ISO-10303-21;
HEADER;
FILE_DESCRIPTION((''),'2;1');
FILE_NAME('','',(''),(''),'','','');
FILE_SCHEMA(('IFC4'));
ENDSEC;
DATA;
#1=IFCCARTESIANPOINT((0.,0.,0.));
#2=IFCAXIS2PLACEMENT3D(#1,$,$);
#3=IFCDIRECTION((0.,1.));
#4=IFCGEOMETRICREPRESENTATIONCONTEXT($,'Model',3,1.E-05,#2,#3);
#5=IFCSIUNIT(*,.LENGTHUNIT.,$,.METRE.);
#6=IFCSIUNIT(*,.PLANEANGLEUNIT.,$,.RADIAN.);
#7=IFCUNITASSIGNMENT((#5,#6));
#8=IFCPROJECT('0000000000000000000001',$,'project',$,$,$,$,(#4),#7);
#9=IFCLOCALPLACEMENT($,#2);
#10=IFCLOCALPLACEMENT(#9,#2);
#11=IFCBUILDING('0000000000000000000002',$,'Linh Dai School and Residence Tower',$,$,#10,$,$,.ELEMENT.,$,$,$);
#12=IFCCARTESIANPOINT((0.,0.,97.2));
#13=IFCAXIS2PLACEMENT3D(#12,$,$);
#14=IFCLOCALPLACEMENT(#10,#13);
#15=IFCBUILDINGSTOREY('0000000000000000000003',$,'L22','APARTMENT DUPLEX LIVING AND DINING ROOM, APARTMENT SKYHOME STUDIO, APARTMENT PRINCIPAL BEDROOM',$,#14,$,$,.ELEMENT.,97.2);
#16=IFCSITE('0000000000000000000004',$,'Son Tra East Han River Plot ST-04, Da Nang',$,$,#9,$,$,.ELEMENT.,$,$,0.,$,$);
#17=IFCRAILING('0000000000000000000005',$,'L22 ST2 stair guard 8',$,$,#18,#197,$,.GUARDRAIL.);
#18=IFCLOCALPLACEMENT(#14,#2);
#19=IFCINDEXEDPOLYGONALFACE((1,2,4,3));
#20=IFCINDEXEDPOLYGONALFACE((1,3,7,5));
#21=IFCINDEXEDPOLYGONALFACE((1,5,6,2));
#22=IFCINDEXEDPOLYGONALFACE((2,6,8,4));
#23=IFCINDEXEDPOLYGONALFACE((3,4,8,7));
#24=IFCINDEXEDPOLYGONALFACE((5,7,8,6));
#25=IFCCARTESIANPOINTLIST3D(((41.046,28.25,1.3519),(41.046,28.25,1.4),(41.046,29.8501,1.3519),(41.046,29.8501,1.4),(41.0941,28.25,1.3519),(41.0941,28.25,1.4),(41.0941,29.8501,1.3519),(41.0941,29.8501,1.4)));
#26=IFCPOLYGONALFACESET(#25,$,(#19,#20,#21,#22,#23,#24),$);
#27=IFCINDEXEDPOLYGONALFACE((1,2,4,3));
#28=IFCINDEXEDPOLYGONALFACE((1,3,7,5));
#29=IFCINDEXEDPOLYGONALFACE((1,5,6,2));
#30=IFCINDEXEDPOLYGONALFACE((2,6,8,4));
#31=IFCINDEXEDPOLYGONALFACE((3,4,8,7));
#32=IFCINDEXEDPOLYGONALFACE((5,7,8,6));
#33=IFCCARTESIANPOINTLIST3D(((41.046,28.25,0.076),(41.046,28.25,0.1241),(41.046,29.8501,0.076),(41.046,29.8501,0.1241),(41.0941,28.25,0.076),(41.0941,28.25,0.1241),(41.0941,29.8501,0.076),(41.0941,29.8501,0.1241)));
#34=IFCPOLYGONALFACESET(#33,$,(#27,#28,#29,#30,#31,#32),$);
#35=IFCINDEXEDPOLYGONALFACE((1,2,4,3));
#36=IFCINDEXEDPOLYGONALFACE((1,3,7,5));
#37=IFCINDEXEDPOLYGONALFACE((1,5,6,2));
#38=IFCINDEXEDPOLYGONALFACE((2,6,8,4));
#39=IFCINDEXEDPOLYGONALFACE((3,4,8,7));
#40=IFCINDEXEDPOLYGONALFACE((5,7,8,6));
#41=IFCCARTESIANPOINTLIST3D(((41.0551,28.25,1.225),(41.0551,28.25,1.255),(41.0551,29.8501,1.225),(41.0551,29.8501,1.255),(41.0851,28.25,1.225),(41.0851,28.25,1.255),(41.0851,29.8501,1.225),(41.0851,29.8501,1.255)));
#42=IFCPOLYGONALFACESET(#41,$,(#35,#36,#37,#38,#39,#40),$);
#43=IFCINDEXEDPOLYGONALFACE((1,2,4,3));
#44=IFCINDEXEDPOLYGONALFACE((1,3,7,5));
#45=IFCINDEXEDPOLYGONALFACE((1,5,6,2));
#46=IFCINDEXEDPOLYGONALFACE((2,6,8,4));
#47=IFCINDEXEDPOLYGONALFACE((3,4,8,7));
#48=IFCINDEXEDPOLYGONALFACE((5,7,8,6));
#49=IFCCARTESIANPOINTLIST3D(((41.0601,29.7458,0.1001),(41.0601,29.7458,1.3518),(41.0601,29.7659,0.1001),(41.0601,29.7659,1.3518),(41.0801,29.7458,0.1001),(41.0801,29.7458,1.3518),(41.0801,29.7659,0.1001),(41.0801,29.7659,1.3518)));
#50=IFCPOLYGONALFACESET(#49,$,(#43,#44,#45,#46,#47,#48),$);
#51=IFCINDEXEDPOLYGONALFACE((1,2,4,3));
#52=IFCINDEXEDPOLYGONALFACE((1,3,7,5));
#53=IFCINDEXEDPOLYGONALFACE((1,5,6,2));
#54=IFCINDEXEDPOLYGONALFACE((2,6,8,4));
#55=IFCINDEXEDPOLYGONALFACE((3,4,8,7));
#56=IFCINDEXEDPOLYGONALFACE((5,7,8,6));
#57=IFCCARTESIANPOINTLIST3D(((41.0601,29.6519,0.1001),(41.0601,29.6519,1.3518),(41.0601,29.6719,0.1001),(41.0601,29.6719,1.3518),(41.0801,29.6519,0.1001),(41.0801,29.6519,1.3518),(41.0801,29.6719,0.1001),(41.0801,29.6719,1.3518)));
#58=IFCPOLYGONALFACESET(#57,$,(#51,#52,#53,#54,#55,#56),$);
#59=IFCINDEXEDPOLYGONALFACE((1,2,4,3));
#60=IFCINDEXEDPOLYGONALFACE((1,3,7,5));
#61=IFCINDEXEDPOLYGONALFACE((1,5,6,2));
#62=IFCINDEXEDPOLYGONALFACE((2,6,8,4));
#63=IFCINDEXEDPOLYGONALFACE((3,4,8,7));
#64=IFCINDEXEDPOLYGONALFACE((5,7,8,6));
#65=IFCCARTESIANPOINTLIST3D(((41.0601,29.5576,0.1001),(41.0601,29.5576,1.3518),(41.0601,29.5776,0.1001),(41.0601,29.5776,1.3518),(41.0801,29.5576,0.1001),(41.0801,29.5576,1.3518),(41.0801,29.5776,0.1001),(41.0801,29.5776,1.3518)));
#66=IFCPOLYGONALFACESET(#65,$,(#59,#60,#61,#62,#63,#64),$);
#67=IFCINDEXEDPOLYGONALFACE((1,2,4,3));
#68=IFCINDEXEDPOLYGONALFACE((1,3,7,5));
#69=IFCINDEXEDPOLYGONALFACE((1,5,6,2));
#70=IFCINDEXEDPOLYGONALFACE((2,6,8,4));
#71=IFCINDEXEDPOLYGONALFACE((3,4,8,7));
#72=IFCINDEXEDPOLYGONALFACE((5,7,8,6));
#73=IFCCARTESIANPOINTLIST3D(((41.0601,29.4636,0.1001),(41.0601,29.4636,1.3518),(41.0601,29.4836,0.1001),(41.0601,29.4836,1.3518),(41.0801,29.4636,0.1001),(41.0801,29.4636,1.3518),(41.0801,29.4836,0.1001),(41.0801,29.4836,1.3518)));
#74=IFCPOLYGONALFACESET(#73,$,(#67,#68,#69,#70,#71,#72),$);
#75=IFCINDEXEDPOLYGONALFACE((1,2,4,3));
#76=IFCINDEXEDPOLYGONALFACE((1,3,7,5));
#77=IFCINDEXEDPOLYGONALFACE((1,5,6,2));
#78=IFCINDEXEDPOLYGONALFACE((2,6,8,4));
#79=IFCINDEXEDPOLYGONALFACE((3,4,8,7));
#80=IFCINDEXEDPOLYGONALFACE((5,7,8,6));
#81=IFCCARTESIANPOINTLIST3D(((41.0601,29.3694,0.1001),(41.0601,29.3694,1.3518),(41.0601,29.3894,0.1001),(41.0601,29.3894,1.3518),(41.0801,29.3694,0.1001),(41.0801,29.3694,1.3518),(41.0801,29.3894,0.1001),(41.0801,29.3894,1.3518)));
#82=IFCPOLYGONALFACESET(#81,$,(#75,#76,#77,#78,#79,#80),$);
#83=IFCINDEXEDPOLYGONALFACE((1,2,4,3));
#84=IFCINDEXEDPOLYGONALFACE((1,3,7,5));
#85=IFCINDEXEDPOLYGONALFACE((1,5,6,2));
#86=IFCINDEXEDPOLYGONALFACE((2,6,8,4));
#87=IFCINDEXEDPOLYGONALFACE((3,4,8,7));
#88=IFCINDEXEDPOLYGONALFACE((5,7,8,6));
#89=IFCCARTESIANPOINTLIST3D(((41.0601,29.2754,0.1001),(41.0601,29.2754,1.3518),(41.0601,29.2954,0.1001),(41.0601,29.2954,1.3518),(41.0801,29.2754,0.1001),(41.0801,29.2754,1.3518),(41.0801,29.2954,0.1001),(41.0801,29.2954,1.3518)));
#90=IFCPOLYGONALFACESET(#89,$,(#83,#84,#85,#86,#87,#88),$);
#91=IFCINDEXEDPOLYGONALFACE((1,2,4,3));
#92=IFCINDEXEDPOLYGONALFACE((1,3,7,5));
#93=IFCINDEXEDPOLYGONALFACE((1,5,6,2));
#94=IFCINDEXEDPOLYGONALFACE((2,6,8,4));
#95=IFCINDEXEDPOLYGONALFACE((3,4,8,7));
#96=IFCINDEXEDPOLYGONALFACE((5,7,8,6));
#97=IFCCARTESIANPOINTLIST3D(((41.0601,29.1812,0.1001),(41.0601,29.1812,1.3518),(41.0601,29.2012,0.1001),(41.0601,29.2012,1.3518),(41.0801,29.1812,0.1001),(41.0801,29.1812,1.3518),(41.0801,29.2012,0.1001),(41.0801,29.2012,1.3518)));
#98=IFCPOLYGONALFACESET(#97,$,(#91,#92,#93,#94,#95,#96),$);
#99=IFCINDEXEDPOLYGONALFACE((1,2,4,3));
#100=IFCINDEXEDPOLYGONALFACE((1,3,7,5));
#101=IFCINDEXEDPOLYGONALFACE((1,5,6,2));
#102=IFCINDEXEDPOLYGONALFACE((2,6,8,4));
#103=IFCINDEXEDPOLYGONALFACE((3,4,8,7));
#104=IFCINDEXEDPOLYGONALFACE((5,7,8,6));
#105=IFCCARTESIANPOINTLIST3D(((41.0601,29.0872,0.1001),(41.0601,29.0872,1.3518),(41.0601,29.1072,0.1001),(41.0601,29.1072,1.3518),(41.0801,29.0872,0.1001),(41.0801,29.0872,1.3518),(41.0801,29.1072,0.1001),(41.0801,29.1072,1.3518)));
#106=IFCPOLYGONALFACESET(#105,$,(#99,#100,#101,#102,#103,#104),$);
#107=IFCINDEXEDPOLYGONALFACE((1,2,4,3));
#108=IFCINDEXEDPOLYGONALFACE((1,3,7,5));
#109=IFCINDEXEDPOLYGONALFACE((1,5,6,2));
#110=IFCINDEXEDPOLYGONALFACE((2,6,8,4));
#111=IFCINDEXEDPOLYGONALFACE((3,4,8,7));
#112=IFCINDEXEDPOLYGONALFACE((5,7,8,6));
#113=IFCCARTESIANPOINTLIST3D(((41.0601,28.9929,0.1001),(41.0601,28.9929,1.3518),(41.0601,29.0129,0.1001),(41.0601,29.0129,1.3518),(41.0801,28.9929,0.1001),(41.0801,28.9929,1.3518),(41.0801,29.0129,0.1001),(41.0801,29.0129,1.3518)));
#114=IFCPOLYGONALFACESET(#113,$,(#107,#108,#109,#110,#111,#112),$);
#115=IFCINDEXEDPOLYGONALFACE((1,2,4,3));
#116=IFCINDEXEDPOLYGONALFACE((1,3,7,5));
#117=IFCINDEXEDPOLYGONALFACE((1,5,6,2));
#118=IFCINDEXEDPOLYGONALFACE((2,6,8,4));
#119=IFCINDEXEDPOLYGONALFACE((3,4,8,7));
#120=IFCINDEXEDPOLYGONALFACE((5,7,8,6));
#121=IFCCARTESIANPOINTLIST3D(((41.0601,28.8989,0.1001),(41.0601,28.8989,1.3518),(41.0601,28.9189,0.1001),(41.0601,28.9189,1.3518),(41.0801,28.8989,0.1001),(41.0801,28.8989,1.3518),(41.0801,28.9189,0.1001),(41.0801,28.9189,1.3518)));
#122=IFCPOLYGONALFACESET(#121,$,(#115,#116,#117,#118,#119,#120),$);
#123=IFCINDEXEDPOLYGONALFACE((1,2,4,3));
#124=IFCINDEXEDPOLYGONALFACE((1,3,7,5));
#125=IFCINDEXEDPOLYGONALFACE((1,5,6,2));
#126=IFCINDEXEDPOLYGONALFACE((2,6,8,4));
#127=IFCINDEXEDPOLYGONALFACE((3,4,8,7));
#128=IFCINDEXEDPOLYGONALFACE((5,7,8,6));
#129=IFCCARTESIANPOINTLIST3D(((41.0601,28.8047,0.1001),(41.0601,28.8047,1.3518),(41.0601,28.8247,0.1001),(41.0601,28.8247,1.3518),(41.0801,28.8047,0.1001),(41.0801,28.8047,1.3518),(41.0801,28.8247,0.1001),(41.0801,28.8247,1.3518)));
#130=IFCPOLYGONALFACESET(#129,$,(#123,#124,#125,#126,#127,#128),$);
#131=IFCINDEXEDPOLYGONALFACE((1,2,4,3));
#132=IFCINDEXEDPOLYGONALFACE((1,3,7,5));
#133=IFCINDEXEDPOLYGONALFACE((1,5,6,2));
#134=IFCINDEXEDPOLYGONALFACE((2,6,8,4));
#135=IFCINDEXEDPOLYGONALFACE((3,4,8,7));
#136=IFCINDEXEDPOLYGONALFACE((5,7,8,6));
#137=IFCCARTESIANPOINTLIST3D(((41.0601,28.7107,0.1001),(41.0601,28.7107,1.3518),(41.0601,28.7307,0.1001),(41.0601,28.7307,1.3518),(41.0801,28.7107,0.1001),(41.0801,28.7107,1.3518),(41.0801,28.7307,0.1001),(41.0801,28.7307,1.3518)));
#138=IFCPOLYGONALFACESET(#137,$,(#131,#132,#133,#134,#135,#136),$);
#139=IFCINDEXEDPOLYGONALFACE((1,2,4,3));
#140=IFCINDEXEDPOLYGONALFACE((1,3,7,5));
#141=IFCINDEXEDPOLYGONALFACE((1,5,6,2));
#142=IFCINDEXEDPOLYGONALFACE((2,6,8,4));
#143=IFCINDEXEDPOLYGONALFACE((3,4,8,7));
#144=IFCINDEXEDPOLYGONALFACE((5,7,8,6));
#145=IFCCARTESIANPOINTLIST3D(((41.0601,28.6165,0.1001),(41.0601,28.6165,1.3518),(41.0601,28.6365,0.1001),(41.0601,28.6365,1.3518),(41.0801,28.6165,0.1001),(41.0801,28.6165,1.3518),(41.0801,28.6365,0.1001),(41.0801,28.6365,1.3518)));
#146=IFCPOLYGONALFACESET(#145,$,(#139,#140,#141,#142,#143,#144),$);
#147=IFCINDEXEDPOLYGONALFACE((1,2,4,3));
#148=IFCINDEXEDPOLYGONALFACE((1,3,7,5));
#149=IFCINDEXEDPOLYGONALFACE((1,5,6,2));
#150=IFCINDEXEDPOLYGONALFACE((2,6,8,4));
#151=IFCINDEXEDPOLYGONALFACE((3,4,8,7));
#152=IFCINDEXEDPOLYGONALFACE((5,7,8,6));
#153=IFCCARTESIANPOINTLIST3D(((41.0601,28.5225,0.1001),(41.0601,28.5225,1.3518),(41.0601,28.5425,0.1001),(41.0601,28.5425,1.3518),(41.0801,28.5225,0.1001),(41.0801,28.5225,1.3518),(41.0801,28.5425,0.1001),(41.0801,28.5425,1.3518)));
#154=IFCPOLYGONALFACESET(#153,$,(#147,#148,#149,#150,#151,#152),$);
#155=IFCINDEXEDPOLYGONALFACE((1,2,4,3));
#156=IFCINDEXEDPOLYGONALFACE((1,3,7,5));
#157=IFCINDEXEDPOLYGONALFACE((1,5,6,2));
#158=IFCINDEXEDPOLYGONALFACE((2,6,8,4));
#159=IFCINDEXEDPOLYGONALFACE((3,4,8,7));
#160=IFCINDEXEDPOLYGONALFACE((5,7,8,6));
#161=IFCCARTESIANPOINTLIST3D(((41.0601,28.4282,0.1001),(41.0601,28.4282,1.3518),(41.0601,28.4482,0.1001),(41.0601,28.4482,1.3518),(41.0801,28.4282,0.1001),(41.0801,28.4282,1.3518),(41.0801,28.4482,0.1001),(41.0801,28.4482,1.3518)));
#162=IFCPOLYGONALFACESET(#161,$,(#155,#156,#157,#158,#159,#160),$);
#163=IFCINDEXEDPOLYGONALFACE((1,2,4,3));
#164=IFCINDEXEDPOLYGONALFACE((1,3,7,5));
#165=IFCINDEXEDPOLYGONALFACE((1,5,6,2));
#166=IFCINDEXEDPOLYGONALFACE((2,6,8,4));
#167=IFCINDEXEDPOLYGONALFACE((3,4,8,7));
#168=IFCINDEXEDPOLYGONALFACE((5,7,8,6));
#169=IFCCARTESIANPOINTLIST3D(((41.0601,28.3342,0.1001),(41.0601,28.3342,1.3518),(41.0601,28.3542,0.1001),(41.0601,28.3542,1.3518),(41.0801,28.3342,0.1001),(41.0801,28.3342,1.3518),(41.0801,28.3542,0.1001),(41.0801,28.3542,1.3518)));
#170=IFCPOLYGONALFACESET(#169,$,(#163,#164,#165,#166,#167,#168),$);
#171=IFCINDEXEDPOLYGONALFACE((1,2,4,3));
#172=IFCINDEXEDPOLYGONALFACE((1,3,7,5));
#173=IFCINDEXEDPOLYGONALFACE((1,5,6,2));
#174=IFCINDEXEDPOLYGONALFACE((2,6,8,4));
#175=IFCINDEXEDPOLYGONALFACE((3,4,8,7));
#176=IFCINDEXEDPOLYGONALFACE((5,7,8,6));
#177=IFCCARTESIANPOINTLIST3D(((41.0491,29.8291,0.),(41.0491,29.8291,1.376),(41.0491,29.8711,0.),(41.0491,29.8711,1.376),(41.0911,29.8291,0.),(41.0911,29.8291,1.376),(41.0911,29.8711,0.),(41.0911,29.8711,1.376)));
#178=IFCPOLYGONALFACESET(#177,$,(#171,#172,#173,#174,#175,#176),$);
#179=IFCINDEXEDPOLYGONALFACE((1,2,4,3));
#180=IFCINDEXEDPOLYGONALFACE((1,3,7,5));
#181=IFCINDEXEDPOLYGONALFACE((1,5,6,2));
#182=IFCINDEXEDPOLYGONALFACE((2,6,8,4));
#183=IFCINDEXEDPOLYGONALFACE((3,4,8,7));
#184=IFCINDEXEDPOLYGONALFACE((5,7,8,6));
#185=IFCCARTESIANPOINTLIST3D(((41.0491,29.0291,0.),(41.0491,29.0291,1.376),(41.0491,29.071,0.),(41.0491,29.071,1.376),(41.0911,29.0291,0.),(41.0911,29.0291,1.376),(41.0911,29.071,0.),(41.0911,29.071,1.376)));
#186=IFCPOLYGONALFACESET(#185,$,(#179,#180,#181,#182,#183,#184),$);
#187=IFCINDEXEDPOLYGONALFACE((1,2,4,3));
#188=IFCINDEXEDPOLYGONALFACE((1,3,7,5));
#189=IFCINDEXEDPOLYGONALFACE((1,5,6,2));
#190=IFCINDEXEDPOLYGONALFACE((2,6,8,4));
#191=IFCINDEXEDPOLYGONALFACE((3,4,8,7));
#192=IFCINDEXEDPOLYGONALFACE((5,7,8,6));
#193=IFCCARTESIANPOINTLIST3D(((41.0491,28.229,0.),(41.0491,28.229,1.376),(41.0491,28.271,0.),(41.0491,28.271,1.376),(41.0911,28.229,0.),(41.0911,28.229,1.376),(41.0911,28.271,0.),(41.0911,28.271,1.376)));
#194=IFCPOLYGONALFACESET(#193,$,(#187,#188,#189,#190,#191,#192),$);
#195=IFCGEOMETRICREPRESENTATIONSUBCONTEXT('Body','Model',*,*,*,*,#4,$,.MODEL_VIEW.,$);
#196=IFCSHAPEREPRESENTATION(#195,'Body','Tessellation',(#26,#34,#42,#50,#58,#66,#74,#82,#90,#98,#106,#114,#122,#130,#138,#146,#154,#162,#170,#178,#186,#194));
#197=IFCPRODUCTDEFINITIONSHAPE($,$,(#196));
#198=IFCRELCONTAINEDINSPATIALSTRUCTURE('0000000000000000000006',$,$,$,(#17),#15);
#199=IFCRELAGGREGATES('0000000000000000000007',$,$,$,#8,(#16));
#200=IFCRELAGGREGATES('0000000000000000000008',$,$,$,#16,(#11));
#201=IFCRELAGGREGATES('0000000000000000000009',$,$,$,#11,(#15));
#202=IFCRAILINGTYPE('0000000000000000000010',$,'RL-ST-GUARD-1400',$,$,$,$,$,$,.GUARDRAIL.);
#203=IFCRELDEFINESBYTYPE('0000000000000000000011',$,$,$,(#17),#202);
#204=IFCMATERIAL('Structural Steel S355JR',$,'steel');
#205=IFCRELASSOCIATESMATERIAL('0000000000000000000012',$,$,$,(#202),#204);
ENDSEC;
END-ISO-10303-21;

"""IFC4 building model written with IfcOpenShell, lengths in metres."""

from ifc_helpers import new_model, si_unit, direction, frame, origin, origin_2d, place, context, subcontext, project, spatial, rectangle, extrude, source, transform, mapped, material, type_object, element, save


model = new_model("IFC4")

# Units and contexts
model_context = context("Model", 3, precision=1e-05, world=origin(), true_north=direction((0.0, 1.0)))
body_context = subcontext(model_context, "Body", "Model", "MODEL_VIEW")
ifc_project = project(units=[si_unit("LENGTHUNIT", "METRE"), si_unit("PLANEANGLEUNIT", "RADIAN")], contexts=[model_context])

# Site, building, storey
site_placement = place(None, origin())
site = spatial("IfcSite", under=ifc_project, at=site_placement, Name="Son Tra East Han River Plot ST-04, Da Nang", CompositionType="ELEMENT", RefElevation=0.0)
building_placement = place(site_placement, origin())
building = spatial("IfcBuilding", under=site, at=building_placement, Name="Linh Dai School and Residence Tower", CompositionType="ELEMENT")
storey_placement = place(building_placement, frame((0.0, 0.0, 97.2)))
storey = spatial("IfcBuildingStorey", under=building, at=storey_placement, Name="L22", Description="APARTMENT DUPLEX LIVING AND DINING ROOM, APARTMENT SKYHOME STUDIO, APARTMENT PRINCIPAL BEDROOM", CompositionType="ELEMENT", Elevation=97.2)

# Shared definitions
ifc_material_1 = material(Name="Structural Steel S355JR", Category="steel")

# Railing
railing_type_1 = type_object("IfcRailingType", Name="RL-ST-GUARD-1400", PredefinedType="GUARDRAIL", material=ifc_material_1)
shared_shape_1 = source(origin(), body_context, "Body", "SweptSolid", [
    extrude(rectangle(XDim=0.0481, YDim=0.0481, at=origin_2d()), frame((0.0, 0.0, 1.376), z_axis=(0.0, -1.0, 0.0), x_axis=(1.0, 0.0, 0.0)), (0.0, 0.0, 1.0), 1.6001),
    extrude(rectangle(XDim=0.0481, YDim=0.0481, at=origin_2d()), frame((0.0, 0.0, 0.1001), z_axis=(0.0, -1.0, 0.0), x_axis=(1.0, 0.0, 0.0)), (0.0, 0.0, 1.0), 1.6001),
    extrude(rectangle(XDim=0.03, YDim=0.03, at=origin_2d()), frame((0.0, 0.0, 1.24), z_axis=(0.0, -1.0, 0.0), x_axis=(1.0, 0.0, 0.0)), (0.0, 0.0, 1.0), 1.6001),
    extrude(rectangle(XDim=0.02, YDim=0.02, at=origin_2d()), frame((0.0, -0.0942, 0.1001)), (0.0, 0.0, 1.0), 1.2517),
    extrude(rectangle(XDim=0.02, YDim=0.02, at=origin_2d()), frame((0.0, -0.1882, 0.1001)), (0.0, 0.0, 1.0), 1.2517),
    extrude(rectangle(XDim=0.02, YDim=0.02, at=origin_2d()), frame((0.0, -0.2825, 0.1001)), (0.0, 0.0, 1.0), 1.2517),
    extrude(rectangle(XDim=0.02, YDim=0.02, at=origin_2d()), frame((0.0, -0.3765, 0.1001)), (0.0, 0.0, 1.0), 1.2517),
    extrude(rectangle(XDim=0.02, YDim=0.02, at=origin_2d()), frame((0.0, -0.4707, 0.1001)), (0.0, 0.0, 1.0), 1.2517),
    extrude(rectangle(XDim=0.02, YDim=0.02, at=origin_2d()), frame((0.0, -0.5647, 0.1001)), (0.0, 0.0, 1.0), 1.2517),
    extrude(rectangle(XDim=0.02, YDim=0.02, at=origin_2d()), frame((0.0, -0.6589, 0.1001)), (0.0, 0.0, 1.0), 1.2517),
    extrude(rectangle(XDim=0.02, YDim=0.02, at=origin_2d()), frame((0.0, -0.7529, 0.1001)), (0.0, 0.0, 1.0), 1.2517),
    extrude(rectangle(XDim=0.02, YDim=0.02, at=origin_2d()), frame((0.0, -0.8472, 0.1001)), (0.0, 0.0, 1.0), 1.2517),
    extrude(rectangle(XDim=0.02, YDim=0.02, at=origin_2d()), frame((0.0, -0.9412, 0.1001)), (0.0, 0.0, 1.0), 1.2517),
    extrude(rectangle(XDim=0.02, YDim=0.02, at=origin_2d()), frame((0.0, -1.0354, 0.1001)), (0.0, 0.0, 1.0), 1.2517),
    extrude(rectangle(XDim=0.02, YDim=0.02, at=origin_2d()), frame((0.0, -1.1294, 0.1001)), (0.0, 0.0, 1.0), 1.2517),
    extrude(rectangle(XDim=0.02, YDim=0.02, at=origin_2d()), frame((0.0, -1.2236, 0.1001)), (0.0, 0.0, 1.0), 1.2517),
    extrude(rectangle(XDim=0.02, YDim=0.02, at=origin_2d()), frame((0.0, -1.3176, 0.1001)), (0.0, 0.0, 1.0), 1.2517),
    extrude(rectangle(XDim=0.02, YDim=0.02, at=origin_2d()), frame((0.0, -1.4119, 0.1001)), (0.0, 0.0, 1.0), 1.2517),
    extrude(rectangle(XDim=0.02, YDim=0.02, at=origin_2d()), frame((0.0, -1.5059, 0.1001)), (0.0, 0.0, 1.0), 1.2517),
    extrude(rectangle(XDim=0.042, YDim=0.042, at=origin_2d()), origin(), (0.0, 0.0, 1.0), 1.376),
    extrude(rectangle(XDim=0.042, YDim=0.042, at=origin_2d()), frame((0.0, -0.8, 0.0)), (0.0, 0.0, 1.0), 1.376),
    extrude(rectangle(XDim=0.042, YDim=0.042, at=origin_2d()), frame((0.0, -1.6001, 0.0)), (0.0, 0.0, 1.0), 1.376),
])
for number, where, name in (
    (1, (41.0701, 29.8501, 0.0), "L22 ST2 stair guard 8"),
):
    element("IfcRailing", number, at=place(storey_placement, frame(where)), inside=storey, type_object=railing_type_1, Name=name, PredefinedType="GUARDRAIL", context=body_context, shape_type="MappedRepresentation", body=[
        mapped(shared_shape_1, transform((0.0, 0.0, 0.0), x_axis=(1.0, 0.0, 0.0), y_axis=(0.0, 1.0, 0.0), z_axis=(0.0, 0.0, 1.0), scale=1.0)),
    ])

save(model, "model.ifc")
